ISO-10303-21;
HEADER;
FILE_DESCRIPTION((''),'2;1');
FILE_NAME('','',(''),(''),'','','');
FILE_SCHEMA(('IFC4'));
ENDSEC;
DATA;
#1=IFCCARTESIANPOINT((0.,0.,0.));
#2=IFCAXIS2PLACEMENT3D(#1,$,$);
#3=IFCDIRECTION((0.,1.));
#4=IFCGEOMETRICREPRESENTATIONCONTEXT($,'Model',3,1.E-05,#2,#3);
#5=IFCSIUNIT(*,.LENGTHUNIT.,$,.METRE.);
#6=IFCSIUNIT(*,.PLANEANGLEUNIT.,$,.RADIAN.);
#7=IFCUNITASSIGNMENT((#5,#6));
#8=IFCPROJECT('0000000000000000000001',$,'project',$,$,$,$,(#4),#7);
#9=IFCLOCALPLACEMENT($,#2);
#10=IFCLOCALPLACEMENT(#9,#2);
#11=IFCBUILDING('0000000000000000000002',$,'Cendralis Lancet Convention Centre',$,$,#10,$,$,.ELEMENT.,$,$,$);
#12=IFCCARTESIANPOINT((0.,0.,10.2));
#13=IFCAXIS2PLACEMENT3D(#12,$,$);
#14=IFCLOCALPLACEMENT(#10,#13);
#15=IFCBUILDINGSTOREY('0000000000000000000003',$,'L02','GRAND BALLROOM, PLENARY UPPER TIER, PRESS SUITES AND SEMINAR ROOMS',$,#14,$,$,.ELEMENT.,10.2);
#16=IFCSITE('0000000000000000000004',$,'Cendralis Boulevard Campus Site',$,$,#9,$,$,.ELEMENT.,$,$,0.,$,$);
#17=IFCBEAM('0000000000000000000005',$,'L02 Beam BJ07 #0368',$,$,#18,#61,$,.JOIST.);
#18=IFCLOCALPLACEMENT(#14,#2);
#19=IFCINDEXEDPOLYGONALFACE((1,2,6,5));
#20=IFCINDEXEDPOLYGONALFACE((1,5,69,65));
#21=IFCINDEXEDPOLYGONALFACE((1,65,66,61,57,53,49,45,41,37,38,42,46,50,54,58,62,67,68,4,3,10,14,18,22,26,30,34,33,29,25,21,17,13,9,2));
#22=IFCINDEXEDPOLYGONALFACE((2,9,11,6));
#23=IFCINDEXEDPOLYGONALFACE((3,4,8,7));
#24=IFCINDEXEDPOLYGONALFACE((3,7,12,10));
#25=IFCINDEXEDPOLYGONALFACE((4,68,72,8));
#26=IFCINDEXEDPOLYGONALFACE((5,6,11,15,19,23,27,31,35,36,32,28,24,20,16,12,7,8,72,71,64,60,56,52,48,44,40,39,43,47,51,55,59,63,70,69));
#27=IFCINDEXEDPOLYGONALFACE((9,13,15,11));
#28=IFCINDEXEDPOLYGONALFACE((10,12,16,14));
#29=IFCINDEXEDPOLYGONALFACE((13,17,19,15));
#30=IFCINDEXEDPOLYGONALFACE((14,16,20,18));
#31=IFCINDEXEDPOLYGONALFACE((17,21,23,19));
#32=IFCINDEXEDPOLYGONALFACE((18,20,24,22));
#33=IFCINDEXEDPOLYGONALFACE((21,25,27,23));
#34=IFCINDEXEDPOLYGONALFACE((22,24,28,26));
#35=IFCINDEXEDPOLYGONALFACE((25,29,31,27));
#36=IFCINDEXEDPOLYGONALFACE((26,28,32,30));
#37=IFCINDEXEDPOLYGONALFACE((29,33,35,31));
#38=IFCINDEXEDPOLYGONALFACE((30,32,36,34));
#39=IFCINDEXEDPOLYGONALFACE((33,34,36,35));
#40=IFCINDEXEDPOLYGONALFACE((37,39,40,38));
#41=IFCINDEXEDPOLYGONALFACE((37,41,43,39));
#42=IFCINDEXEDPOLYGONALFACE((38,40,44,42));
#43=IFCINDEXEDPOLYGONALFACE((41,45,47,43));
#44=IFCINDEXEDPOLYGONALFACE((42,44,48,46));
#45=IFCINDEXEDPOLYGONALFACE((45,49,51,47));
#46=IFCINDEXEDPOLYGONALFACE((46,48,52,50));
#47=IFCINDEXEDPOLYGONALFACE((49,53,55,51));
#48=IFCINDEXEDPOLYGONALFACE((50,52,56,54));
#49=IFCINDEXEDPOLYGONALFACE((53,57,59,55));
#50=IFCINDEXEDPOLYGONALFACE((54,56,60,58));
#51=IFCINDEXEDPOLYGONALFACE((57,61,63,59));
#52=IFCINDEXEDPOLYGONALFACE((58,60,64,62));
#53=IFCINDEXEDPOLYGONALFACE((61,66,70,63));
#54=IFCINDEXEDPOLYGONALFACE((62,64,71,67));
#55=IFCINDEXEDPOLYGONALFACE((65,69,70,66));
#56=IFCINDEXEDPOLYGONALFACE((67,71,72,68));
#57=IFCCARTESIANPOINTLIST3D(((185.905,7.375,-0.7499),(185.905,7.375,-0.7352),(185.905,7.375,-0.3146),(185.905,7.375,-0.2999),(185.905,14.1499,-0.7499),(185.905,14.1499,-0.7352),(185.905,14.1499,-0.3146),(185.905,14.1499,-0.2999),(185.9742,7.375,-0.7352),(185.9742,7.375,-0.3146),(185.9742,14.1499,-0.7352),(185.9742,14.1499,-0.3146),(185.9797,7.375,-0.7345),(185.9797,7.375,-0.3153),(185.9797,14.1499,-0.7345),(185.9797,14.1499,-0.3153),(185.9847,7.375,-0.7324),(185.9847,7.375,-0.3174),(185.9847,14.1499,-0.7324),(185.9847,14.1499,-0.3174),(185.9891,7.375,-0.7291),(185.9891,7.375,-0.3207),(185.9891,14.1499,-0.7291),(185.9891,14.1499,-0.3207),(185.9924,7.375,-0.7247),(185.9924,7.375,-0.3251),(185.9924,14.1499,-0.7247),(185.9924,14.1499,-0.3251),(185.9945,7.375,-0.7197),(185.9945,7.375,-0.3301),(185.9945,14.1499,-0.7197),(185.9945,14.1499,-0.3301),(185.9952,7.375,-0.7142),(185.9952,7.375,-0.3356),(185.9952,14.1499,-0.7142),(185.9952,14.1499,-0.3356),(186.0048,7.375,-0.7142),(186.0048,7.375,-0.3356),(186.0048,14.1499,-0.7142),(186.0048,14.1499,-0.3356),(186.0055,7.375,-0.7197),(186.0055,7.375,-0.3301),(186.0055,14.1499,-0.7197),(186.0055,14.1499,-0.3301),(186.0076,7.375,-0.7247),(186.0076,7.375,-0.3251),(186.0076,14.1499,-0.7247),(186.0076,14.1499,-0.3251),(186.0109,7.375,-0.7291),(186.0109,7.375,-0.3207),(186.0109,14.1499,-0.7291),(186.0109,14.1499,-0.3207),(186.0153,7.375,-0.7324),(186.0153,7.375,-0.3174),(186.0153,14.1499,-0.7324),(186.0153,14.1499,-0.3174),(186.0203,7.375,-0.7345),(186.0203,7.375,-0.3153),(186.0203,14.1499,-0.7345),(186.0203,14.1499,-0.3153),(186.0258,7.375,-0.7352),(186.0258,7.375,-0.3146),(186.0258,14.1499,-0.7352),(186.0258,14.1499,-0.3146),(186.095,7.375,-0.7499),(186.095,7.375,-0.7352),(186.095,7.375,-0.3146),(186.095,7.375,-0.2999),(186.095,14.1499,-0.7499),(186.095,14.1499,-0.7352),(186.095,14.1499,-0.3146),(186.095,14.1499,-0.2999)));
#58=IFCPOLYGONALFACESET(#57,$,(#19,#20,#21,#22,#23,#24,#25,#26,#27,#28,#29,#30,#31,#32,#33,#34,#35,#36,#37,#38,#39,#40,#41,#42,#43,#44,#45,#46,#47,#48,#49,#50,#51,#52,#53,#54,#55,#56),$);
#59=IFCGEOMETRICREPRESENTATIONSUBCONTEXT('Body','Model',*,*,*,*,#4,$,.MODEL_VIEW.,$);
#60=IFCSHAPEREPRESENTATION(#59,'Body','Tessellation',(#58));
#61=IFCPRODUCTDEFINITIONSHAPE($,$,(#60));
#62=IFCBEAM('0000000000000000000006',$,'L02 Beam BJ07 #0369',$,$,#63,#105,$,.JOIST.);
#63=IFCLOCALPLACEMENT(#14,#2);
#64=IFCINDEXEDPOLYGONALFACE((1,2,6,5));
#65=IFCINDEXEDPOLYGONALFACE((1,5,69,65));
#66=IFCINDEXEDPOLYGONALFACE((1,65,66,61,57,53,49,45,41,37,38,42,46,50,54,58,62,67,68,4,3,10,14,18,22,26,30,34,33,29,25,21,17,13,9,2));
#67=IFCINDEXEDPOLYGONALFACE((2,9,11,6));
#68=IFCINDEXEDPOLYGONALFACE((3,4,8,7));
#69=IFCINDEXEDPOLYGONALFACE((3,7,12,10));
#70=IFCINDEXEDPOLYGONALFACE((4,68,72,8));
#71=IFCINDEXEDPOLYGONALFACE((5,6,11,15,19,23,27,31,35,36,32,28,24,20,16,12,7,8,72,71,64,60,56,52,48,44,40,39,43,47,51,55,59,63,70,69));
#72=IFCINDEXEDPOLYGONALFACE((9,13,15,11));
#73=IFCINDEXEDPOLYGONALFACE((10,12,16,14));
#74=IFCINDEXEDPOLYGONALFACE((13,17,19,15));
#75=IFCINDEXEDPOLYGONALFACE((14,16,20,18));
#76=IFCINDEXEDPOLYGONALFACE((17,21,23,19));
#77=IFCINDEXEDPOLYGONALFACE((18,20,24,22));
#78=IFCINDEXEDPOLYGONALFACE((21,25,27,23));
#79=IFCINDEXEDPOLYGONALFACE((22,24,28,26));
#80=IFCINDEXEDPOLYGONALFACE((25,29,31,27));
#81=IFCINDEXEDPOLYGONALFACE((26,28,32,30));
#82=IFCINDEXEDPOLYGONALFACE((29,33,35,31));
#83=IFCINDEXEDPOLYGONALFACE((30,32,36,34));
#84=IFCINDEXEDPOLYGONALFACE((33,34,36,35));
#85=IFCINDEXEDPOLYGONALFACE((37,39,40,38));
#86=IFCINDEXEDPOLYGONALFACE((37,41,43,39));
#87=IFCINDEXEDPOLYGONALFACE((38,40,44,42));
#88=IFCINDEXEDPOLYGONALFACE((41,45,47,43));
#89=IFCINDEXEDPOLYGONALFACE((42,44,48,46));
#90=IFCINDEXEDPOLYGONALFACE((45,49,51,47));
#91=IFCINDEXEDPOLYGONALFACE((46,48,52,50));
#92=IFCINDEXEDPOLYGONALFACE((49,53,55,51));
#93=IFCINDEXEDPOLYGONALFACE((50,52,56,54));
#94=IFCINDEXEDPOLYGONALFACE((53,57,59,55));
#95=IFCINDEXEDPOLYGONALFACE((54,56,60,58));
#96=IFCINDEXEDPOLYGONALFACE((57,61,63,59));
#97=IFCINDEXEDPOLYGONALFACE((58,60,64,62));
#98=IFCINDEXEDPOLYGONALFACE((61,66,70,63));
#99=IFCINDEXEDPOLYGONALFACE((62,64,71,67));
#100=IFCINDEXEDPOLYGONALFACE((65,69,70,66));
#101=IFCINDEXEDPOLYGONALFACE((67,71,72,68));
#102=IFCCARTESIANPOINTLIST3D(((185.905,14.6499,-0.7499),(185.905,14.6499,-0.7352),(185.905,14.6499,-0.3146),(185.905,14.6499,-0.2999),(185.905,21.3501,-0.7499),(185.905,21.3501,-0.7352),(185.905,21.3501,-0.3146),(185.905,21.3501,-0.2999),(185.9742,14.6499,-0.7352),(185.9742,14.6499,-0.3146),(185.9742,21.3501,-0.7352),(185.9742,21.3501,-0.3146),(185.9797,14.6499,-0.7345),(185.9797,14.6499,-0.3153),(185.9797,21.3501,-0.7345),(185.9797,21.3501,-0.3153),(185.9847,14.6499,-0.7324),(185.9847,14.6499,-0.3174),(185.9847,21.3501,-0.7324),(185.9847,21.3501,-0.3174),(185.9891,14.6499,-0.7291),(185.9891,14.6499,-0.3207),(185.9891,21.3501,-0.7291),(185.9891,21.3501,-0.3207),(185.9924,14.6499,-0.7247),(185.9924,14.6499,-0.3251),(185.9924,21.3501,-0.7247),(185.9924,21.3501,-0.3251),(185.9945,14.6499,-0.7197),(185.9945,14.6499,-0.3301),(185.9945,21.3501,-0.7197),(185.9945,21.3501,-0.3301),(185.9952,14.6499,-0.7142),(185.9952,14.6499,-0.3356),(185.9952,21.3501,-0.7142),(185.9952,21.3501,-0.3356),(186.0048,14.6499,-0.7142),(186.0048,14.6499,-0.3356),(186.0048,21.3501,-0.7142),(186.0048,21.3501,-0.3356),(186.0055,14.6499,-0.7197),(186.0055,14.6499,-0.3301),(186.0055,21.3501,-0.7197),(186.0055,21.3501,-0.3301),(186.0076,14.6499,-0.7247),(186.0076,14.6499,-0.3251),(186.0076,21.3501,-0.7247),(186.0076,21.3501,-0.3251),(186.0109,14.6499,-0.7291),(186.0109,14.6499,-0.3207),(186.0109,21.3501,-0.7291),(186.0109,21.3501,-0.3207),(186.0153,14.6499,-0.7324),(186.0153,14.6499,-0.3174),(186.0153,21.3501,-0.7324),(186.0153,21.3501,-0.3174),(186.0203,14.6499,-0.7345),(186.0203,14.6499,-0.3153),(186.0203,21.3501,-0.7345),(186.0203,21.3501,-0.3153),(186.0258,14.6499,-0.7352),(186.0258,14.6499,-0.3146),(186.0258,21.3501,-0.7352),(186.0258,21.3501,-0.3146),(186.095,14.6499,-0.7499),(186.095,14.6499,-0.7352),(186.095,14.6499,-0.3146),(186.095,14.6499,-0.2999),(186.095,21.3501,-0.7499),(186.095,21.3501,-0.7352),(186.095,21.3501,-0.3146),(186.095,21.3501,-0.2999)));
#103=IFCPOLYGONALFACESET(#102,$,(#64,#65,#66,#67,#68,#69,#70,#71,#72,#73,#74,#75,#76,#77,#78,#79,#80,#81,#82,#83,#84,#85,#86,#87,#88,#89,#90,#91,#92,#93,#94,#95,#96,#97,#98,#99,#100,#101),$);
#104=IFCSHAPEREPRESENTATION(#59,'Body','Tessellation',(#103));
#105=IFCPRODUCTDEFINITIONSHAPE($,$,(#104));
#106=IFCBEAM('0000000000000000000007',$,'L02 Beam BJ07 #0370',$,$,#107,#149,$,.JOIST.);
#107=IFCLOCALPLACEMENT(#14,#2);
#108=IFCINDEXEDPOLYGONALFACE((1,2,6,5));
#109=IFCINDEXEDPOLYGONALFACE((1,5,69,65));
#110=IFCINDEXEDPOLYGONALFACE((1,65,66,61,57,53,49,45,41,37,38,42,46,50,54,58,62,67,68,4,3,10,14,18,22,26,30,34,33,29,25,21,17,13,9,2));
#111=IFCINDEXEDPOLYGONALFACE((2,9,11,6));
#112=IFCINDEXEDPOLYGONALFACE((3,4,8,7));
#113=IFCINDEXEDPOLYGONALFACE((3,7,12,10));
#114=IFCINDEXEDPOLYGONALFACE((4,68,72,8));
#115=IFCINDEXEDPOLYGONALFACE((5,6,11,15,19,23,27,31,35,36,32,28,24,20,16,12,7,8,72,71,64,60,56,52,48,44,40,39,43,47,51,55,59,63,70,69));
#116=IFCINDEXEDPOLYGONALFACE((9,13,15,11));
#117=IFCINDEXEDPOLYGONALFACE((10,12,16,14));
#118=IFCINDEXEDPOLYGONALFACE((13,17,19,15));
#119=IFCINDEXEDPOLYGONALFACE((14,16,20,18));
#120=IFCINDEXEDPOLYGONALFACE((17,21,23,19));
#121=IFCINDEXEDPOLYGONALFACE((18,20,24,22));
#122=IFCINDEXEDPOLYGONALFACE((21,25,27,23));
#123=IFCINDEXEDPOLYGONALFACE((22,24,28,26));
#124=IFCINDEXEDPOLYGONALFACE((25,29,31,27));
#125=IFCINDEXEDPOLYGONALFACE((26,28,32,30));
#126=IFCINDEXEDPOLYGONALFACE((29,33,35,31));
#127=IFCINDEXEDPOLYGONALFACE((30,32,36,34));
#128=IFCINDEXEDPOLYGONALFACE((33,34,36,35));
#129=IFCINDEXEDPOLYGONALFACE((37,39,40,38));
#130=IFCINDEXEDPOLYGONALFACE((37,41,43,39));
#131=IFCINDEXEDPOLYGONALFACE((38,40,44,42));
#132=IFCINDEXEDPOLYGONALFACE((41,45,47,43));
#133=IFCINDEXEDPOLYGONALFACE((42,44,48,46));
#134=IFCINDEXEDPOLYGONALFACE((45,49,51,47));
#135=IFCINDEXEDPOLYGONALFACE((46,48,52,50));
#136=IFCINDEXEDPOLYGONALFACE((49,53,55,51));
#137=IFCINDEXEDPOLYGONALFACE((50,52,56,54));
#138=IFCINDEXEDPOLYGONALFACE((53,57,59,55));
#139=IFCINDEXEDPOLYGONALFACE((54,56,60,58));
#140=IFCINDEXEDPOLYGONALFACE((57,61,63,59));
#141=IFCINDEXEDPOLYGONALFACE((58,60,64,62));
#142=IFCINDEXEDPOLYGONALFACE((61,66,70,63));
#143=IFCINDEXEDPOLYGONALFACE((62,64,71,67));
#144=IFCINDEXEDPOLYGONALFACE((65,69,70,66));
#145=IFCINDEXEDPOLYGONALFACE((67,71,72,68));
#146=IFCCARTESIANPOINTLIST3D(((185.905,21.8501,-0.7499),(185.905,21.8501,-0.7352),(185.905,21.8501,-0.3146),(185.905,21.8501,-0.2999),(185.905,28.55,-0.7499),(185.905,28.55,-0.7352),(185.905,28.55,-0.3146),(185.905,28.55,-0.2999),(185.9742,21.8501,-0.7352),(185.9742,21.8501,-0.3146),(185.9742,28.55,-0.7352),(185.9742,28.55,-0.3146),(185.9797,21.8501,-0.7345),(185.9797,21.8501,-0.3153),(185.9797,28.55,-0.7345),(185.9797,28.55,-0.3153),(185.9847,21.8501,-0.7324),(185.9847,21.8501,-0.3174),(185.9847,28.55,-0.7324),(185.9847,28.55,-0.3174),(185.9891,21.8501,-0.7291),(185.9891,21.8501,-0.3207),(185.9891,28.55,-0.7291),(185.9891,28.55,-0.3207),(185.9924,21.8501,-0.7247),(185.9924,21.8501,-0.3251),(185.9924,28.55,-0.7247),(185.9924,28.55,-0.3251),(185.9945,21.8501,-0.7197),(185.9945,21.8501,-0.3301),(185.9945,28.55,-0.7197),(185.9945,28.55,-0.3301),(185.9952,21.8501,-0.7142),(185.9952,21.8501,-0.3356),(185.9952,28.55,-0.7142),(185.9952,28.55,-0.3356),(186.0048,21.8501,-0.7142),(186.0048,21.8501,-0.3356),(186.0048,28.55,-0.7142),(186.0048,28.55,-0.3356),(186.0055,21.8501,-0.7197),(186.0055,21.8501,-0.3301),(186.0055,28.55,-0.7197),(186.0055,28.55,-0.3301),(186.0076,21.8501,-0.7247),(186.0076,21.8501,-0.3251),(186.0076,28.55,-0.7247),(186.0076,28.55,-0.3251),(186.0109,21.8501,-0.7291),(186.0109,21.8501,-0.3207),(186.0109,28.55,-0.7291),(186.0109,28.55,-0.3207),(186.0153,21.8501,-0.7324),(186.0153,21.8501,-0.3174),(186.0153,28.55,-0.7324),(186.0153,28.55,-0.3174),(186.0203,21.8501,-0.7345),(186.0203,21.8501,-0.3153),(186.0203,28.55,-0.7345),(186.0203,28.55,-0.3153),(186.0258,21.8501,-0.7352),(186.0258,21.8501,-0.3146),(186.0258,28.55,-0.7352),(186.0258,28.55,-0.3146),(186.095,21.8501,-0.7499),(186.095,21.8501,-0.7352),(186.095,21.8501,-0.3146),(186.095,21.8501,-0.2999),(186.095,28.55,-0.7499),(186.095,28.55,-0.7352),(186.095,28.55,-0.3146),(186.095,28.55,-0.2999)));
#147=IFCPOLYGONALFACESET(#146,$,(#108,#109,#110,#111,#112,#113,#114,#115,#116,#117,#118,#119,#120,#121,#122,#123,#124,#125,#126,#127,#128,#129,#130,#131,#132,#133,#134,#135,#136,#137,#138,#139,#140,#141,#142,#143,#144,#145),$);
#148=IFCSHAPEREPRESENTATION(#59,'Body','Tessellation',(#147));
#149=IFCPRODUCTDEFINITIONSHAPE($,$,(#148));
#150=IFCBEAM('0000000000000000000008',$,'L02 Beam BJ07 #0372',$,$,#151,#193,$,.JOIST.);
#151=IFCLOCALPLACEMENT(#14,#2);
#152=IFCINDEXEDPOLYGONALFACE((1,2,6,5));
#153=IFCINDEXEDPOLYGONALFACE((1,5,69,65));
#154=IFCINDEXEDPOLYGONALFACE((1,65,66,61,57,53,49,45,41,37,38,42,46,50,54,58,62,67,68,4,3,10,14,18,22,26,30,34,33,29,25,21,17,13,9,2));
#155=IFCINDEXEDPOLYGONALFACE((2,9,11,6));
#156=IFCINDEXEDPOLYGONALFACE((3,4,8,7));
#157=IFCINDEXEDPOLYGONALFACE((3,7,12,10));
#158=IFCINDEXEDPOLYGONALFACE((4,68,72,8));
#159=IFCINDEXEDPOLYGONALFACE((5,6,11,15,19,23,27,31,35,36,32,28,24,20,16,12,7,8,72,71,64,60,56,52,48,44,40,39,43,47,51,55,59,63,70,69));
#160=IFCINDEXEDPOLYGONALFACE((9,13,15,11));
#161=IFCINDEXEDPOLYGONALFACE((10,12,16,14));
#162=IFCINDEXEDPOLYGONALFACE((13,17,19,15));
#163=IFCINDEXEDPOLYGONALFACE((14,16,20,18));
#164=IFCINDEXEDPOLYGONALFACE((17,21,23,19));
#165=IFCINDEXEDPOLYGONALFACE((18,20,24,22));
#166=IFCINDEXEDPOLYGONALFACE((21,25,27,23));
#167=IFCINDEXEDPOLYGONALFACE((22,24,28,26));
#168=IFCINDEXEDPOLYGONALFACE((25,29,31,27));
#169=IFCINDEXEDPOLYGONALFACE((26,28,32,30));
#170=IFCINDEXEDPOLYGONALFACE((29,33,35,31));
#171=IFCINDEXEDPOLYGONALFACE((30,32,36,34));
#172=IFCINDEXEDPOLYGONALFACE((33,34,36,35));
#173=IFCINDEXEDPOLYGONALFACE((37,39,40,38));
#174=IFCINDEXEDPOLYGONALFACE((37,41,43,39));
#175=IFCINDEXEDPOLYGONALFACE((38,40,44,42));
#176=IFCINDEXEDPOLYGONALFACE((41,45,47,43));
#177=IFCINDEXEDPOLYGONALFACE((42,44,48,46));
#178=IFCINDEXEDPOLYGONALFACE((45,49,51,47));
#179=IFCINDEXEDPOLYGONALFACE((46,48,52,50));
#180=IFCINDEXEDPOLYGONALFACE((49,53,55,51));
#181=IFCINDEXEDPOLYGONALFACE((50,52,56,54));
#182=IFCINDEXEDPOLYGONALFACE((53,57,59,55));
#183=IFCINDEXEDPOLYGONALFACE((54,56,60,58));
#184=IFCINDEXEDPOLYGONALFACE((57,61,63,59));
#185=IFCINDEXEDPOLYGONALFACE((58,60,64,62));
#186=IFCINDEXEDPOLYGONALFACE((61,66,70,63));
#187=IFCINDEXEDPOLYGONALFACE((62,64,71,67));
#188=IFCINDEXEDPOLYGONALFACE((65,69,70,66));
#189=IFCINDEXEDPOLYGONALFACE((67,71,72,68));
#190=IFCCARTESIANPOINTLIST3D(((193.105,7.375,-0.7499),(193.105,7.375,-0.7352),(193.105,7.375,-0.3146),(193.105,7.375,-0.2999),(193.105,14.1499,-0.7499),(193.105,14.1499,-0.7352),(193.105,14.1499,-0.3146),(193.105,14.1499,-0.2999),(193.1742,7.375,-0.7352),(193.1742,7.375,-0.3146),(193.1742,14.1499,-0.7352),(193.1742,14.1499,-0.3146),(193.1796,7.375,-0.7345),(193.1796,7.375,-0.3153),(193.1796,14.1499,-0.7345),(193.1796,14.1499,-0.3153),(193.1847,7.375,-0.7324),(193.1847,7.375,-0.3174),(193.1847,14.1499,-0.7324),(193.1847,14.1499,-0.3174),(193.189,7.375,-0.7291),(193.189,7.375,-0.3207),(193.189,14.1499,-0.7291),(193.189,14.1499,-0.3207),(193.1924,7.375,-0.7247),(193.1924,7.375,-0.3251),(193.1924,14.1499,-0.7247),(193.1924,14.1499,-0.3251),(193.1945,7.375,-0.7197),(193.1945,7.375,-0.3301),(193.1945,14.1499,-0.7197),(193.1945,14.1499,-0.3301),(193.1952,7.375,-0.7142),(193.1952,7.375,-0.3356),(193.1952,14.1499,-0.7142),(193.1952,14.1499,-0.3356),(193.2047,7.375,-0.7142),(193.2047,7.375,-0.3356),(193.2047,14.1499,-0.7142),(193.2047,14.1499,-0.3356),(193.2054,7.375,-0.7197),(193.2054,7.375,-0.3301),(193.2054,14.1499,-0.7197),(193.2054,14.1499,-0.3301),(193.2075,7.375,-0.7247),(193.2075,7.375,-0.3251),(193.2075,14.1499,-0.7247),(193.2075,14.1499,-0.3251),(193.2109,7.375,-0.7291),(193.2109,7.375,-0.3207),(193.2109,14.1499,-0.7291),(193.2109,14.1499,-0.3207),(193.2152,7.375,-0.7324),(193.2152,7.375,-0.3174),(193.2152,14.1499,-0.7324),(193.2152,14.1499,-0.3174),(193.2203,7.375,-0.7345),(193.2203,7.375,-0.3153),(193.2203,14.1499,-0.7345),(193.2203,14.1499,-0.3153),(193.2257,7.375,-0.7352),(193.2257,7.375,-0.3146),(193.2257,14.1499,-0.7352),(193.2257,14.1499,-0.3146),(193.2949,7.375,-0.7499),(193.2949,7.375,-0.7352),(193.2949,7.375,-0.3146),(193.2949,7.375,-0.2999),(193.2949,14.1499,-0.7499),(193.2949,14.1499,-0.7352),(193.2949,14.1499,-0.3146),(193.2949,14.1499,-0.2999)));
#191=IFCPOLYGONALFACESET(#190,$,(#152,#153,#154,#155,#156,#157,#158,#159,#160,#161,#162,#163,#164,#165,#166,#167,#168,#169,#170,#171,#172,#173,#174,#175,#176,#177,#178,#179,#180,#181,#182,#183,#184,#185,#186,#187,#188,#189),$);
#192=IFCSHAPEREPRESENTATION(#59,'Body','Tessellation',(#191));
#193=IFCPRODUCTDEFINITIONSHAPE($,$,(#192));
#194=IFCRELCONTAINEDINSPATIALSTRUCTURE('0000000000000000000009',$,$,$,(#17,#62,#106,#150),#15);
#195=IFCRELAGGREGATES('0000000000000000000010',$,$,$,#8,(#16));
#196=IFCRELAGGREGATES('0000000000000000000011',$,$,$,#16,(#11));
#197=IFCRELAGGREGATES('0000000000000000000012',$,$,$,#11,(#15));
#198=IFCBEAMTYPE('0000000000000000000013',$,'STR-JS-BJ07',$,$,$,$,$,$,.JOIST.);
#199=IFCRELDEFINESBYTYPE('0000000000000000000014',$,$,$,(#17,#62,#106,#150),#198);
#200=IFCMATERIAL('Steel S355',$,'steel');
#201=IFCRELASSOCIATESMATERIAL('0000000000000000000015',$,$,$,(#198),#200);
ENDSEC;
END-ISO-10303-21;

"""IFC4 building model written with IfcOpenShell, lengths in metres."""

from ifc_helpers import new_model, si_unit, direction, frame, origin, origin_2d, place, context, subcontext, project, spatial, i_section, extrude, material, material_profile, profile_set, type_object, element, save


model = new_model("IFC4")

# Units and contexts
model_context = context("Model", 3, precision=1e-05, world=origin(), true_north=direction((0.0, 1.0)))
body_context = subcontext(model_context, "Body", "Model", "MODEL_VIEW")
ifc_project = project(units=[si_unit("LENGTHUNIT", "METRE"), si_unit("PLANEANGLEUNIT", "RADIAN")], contexts=[model_context])

# Site, building, storey
site_placement = place(None, origin())
site = spatial("IfcSite", under=ifc_project, at=site_placement, Name="Cendralis Boulevard Campus Site", CompositionType="ELEMENT", RefElevation=0.0)
building_placement = place(site_placement, origin())
building = spatial("IfcBuilding", under=site, at=building_placement, Name="Cendralis Lancet Convention Centre", CompositionType="ELEMENT")
storey_placement = place(building_placement, frame((0.0, 0.0, 10.2)))
storey = spatial("IfcBuildingStorey", under=building, at=storey_placement, Name="L02", Description="GRAND BALLROOM, PLENARY UPPER TIER, PRESS SUITES AND SEMINAR ROOMS", CompositionType="ELEMENT", Elevation=10.2)

# Beams
ifc_material_1 = material(Name="Steel S355", Category="steel")
ifc_material_profile_1 = material_profile(ifc_material_1, i_section(OverallWidth=0.1899, OverallDepth=0.45, WebThickness=0.0095, FlangeThickness=0.0146, FilletRadius=0.021, at=origin_2d()), Name="IPE 450")
ifc_profile_set_1 = profile_set([ifc_material_profile_1], Name="Steel S355")
beam_type_1 = type_object("IfcBeamType", Name="STR-JS-BJ07", PredefinedType="JOIST", material=ifc_profile_set_1)
beam_1_placement = place(storey_placement, frame((186.0, 7.375, -0.5249), z_axis=(0.0, 1.0, 0.0), x_axis=(-1.0, 0.0, 0.0)))
element("IfcBeam", 1, at=beam_1_placement, inside=storey, type_object=beam_type_1, Name="L02 Beam BJ07 #0368", PredefinedType="JOIST", context=body_context, shape_type="SweptSolid", body=[
    extrude(i_section(OverallWidth=0.1899, OverallDepth=0.45, WebThickness=0.0095, FlangeThickness=0.0146, FilletRadius=0.021, at=origin_2d()), origin(), (0.0, 0.0, 1.0), 6.7749),
])
beam_2_placement = place(storey_placement, frame((186.0, 14.6499, -0.5249), z_axis=(0.0, 1.0, 0.0), x_axis=(-1.0, 0.0, 0.0)))
element("IfcBeam", 2, at=beam_2_placement, inside=storey, type_object=beam_type_1, Name="L02 Beam BJ07 #0369", PredefinedType="JOIST", context=body_context, shape_type="SweptSolid", body=[
    extrude(i_section(OverallWidth=0.1899, OverallDepth=0.45, WebThickness=0.0095, FlangeThickness=0.0146, FilletRadius=0.021, at=origin_2d()), origin(), (0.0, 0.0, 1.0), 6.7002),
])
beam_3_placement = place(storey_placement, frame((186.0, 21.8501, -0.5249), z_axis=(0.0, 1.0, 0.0), x_axis=(-1.0, 0.0, 0.0)))
element("IfcBeam", 3, at=beam_3_placement, inside=storey, type_object=beam_type_1, Name="L02 Beam BJ07 #0370", PredefinedType="JOIST", context=body_context, shape_type="SweptSolid", body=[
    extrude(i_section(OverallWidth=0.1899, OverallDepth=0.45, WebThickness=0.0095, FlangeThickness=0.0146, FilletRadius=0.021, at=origin_2d()), origin(), (0.0, 0.0, 1.0), 6.7),
])
beam_4_placement = place(storey_placement, frame((193.2, 7.375, -0.5249), z_axis=(0.0, 1.0, 0.0), x_axis=(-1.0, 0.0, 0.0)))
element("IfcBeam", 4, at=beam_4_placement, inside=storey, type_object=beam_type_1, Name="L02 Beam BJ07 #0372", PredefinedType="JOIST", context=body_context, shape_type="SweptSolid", body=[
    extrude(i_section(OverallWidth=0.1899, OverallDepth=0.45, WebThickness=0.0095, FlangeThickness=0.0146, FilletRadius=0.021, at=origin_2d()), origin(), (0.0, 0.0, 1.0), 6.7749),
])

save(model, "model.ifc")
